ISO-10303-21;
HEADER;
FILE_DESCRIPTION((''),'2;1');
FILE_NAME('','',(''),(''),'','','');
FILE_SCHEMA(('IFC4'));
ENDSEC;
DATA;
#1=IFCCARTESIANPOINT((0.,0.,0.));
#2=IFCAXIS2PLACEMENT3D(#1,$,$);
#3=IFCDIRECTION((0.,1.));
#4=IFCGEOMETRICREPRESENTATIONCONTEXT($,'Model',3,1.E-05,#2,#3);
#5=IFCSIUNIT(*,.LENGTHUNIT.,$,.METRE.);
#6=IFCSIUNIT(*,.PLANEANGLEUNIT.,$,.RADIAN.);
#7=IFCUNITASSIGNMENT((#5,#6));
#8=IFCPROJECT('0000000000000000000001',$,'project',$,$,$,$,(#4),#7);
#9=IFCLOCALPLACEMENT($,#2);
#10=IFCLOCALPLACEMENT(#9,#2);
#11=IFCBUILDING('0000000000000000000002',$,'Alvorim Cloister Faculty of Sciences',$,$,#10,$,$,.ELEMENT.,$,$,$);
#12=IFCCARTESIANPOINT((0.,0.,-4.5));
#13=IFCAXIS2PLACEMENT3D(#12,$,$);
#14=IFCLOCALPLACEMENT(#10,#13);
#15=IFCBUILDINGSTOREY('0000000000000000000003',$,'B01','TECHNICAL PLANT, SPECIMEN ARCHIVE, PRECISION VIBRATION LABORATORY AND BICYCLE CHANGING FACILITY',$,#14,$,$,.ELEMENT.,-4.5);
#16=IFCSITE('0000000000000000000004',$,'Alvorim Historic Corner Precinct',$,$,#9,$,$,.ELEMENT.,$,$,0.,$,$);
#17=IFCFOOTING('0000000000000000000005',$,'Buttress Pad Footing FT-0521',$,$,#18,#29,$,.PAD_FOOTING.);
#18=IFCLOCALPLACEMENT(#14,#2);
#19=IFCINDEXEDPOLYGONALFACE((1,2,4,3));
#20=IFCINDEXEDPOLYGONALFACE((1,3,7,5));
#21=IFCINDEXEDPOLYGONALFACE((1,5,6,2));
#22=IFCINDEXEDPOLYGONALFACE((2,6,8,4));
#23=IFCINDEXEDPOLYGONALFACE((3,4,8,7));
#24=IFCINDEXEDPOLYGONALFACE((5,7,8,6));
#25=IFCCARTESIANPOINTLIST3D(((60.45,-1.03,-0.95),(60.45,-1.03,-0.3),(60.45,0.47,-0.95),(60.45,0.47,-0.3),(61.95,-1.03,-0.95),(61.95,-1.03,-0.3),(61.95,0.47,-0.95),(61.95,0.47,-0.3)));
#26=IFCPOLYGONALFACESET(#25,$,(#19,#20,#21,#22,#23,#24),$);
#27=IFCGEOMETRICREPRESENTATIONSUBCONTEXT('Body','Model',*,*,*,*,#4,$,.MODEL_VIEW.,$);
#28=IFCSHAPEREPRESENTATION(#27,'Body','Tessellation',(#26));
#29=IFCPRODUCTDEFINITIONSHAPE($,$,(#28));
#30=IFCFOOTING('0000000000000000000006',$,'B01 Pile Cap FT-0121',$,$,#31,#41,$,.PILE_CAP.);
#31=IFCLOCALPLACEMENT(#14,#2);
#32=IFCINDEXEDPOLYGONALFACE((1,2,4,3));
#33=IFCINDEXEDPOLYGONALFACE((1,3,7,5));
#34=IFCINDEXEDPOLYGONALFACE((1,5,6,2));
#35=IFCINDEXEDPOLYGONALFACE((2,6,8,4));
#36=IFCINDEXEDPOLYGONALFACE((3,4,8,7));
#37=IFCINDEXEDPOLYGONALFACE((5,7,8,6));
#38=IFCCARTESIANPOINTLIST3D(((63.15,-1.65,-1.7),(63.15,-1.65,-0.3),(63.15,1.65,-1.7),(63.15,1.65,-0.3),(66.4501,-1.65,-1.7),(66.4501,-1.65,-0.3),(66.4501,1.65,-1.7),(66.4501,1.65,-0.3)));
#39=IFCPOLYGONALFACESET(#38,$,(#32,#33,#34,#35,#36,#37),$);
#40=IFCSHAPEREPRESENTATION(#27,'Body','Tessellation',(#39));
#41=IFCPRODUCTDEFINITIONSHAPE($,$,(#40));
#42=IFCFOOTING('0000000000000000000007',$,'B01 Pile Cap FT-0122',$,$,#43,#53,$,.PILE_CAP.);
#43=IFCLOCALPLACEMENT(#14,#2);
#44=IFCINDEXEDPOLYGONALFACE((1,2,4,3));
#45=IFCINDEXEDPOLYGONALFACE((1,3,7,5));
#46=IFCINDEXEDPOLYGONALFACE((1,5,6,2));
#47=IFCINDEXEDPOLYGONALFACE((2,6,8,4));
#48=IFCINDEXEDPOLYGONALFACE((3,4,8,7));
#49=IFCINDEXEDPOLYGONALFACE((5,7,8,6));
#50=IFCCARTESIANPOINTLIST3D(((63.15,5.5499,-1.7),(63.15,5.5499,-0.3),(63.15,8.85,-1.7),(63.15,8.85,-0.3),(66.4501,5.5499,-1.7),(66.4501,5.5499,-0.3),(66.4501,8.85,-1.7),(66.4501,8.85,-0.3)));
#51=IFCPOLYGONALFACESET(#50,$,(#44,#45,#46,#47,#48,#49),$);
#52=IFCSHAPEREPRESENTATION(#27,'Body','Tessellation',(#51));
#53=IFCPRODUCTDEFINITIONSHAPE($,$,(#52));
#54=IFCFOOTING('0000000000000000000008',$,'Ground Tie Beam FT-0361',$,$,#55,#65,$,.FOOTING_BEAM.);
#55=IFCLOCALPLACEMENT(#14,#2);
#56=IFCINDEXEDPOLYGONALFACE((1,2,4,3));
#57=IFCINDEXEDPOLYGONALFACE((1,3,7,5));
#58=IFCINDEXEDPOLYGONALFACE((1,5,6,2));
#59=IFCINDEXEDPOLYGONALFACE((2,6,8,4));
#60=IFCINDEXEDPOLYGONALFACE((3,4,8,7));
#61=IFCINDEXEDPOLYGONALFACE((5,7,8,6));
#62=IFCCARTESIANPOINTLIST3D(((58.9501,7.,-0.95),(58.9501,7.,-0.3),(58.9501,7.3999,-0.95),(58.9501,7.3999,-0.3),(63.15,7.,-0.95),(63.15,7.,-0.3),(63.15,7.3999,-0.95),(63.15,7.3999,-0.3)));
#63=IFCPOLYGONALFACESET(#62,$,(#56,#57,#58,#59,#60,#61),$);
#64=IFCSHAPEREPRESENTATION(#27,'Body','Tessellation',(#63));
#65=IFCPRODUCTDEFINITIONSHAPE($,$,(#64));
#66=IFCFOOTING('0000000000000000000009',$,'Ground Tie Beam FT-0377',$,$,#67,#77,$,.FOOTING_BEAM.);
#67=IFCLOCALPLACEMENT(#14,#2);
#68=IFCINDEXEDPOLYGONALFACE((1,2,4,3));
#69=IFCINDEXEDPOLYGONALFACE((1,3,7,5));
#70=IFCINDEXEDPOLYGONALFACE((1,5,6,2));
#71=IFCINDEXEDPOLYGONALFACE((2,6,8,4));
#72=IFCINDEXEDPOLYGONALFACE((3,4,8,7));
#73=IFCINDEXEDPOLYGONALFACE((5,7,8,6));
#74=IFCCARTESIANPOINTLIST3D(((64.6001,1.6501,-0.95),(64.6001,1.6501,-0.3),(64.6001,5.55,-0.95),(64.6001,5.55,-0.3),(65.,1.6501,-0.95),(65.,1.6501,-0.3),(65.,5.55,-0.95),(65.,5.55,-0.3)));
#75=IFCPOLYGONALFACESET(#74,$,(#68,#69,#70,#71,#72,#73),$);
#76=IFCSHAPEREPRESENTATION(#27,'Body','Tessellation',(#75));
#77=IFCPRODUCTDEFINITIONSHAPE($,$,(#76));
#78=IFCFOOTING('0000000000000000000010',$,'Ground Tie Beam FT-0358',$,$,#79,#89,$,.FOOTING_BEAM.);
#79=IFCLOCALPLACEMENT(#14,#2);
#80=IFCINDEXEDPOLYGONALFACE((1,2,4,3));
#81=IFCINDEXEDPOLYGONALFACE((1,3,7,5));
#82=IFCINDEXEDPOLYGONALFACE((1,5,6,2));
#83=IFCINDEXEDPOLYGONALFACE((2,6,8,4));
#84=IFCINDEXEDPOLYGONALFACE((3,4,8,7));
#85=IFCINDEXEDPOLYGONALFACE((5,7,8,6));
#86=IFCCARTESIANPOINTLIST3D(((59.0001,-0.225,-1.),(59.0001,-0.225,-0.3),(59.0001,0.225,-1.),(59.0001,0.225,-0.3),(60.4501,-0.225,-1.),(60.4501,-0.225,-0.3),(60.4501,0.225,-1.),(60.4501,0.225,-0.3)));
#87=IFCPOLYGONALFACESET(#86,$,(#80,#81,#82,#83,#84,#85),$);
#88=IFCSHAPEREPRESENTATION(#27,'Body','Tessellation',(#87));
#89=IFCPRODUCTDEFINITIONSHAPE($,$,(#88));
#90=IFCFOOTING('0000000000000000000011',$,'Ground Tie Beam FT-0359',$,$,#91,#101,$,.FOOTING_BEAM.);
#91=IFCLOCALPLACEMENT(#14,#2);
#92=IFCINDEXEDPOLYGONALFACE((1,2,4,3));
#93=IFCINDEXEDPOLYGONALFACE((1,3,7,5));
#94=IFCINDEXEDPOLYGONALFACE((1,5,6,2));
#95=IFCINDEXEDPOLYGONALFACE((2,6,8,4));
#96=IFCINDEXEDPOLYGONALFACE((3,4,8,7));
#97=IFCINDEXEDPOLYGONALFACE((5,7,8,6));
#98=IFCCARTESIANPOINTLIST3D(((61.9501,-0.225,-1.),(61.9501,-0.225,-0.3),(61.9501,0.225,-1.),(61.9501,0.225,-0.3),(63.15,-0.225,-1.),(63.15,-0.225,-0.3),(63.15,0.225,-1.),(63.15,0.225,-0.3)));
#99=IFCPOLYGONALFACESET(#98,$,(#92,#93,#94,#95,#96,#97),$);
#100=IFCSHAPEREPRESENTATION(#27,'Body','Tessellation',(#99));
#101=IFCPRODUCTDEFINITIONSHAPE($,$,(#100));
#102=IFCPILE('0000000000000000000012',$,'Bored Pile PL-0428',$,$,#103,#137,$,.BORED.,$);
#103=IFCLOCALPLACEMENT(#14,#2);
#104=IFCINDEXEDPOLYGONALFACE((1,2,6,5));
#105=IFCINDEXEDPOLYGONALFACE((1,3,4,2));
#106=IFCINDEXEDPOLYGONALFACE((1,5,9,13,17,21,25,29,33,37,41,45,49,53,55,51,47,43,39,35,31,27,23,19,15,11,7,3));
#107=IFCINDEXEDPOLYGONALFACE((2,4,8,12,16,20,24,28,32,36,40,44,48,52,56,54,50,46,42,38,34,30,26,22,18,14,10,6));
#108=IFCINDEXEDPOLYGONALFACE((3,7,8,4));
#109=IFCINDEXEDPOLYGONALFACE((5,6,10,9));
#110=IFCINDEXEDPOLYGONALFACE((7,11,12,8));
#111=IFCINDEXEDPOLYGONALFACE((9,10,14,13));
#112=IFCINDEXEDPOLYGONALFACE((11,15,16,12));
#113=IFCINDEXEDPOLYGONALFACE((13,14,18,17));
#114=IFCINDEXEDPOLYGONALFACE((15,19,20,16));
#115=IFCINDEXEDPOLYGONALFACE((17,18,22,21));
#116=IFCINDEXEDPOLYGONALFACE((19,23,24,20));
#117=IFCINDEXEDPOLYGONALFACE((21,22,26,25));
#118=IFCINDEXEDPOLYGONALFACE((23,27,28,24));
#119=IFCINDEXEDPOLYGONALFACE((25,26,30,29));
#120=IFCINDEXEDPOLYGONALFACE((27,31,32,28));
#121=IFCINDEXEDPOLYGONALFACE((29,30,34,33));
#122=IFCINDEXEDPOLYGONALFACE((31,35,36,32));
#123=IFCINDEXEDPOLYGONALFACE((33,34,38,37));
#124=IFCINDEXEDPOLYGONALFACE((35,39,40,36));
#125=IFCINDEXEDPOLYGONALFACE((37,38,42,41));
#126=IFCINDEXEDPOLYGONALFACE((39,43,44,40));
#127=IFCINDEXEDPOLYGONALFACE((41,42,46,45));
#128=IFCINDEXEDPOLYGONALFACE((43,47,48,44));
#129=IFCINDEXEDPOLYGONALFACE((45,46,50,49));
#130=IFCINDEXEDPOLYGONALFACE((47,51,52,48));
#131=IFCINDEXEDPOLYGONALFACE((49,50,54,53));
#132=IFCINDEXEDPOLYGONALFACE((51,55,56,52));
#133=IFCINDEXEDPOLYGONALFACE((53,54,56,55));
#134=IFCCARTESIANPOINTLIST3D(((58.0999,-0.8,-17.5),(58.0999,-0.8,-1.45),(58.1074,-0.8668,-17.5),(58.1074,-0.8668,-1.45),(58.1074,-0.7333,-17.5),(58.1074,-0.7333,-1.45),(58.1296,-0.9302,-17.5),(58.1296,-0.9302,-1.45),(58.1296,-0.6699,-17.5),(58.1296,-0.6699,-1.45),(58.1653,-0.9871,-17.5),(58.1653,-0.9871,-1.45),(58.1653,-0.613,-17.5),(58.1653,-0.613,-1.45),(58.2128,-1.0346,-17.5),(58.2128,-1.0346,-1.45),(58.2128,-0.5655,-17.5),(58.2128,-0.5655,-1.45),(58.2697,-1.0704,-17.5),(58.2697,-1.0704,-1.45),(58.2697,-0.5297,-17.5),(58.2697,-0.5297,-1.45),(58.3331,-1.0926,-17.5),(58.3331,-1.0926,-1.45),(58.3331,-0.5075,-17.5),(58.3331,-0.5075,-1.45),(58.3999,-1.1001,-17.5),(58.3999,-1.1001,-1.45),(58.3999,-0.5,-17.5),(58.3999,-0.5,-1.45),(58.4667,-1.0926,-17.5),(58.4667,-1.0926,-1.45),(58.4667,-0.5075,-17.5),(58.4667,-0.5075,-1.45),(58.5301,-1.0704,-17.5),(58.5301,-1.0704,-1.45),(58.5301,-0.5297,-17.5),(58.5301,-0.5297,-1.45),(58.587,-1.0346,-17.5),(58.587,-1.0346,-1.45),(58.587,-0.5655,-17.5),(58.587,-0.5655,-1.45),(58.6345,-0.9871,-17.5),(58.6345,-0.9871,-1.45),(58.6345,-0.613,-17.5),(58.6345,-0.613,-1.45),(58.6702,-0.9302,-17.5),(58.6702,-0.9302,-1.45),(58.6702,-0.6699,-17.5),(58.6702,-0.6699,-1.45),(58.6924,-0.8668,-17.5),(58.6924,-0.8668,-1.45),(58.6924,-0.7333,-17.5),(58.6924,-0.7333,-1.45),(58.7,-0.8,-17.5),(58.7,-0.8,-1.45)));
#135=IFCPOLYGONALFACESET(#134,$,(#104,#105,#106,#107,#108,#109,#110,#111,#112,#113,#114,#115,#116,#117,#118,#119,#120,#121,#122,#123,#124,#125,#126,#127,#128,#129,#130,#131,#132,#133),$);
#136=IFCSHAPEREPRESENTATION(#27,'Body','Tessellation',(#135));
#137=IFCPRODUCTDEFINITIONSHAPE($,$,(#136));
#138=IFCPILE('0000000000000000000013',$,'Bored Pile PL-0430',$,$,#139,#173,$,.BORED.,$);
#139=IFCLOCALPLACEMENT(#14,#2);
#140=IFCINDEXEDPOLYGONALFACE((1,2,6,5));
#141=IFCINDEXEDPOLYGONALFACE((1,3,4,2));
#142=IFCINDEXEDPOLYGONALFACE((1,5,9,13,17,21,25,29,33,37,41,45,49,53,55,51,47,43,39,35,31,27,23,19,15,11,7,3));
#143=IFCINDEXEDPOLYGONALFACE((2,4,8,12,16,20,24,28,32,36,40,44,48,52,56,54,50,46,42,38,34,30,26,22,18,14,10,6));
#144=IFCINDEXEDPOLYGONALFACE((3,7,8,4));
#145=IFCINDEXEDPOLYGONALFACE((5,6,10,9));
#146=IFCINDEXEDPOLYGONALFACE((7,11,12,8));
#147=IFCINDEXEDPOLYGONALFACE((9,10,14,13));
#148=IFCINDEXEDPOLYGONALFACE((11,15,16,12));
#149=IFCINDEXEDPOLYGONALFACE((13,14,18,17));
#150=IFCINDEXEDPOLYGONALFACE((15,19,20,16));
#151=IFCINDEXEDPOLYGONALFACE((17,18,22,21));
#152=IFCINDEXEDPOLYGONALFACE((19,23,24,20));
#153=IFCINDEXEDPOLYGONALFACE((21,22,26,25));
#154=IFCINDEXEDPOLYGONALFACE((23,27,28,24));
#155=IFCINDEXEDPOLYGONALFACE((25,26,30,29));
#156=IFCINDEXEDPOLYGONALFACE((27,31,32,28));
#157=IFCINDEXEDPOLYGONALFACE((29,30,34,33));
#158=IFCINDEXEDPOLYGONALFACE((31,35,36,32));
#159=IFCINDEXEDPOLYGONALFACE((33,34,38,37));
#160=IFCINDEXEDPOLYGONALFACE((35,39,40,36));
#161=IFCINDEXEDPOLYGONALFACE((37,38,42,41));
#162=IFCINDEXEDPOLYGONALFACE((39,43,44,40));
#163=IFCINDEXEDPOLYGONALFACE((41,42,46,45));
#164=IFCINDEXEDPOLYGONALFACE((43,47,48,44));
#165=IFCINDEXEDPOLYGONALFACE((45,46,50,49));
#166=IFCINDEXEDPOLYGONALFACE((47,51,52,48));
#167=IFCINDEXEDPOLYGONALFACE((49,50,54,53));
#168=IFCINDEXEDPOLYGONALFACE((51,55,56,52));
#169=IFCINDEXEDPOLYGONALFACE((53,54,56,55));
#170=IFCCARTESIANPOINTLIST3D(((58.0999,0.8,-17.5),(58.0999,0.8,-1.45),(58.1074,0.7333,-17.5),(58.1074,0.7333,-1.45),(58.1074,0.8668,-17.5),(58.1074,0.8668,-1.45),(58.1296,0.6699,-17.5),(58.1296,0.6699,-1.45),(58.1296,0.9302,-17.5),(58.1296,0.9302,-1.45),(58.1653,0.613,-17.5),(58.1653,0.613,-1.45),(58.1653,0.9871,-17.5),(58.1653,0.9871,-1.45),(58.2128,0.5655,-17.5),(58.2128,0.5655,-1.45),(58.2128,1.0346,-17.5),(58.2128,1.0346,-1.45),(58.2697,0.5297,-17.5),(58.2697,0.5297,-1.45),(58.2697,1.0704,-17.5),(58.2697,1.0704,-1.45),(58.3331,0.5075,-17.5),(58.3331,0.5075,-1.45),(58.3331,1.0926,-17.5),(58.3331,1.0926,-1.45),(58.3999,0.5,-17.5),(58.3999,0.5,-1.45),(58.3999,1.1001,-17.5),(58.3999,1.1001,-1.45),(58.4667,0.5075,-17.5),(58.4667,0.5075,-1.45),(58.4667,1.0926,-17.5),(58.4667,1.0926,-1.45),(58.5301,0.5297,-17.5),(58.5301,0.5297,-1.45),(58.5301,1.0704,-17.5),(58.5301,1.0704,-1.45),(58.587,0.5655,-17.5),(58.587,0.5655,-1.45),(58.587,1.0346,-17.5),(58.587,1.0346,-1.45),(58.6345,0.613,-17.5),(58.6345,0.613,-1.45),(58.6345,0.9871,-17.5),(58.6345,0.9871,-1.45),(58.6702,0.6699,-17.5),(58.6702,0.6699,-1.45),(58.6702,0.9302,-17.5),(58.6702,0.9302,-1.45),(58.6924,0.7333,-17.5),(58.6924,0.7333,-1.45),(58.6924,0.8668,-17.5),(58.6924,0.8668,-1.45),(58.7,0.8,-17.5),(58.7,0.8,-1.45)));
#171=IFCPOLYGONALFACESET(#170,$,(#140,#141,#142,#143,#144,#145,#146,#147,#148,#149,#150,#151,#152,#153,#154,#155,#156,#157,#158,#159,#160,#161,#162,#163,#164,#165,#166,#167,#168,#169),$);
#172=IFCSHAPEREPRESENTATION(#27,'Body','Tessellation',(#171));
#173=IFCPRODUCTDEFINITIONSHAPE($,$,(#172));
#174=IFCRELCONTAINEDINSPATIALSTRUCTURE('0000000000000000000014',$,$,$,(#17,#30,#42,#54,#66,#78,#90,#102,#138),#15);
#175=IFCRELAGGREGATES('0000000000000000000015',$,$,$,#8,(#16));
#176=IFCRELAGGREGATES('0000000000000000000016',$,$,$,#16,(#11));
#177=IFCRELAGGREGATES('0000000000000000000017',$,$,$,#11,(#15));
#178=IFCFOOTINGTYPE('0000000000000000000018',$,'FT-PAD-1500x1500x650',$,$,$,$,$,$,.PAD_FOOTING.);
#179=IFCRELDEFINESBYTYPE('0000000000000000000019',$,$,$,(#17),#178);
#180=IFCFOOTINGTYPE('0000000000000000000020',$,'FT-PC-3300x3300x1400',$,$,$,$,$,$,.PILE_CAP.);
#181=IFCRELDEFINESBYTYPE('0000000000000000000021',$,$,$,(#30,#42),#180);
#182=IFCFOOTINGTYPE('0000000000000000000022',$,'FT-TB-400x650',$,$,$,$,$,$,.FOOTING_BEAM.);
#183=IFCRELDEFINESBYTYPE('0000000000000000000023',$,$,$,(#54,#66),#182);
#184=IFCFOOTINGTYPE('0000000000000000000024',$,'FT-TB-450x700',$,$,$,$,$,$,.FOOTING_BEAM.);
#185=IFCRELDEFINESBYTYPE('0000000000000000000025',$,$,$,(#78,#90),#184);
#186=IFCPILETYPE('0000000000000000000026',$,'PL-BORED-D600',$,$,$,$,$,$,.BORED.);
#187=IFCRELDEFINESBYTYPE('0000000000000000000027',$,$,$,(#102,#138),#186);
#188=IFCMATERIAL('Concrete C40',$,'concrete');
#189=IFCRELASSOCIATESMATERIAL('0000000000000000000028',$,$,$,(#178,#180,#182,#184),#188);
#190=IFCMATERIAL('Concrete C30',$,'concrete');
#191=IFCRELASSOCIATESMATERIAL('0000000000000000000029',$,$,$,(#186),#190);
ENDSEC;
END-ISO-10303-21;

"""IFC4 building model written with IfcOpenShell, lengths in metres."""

from ifc_helpers import new_model, si_unit, direction, frame, origin, origin_2d, place, context, subcontext, project, spatial, rectangle, circle, extrude, material, material_profile, profile_set, type_object, element, save


model = new_model("IFC4")

# Units and contexts
model_context = context("Model", 3, precision=1e-05, world=origin(), true_north=direction((0.0, 1.0)))
body_context = subcontext(model_context, "Body", "Model", "MODEL_VIEW")
ifc_project = project(units=[si_unit("LENGTHUNIT", "METRE"), si_unit("PLANEANGLEUNIT", "RADIAN")], contexts=[model_context])

# Site, building, storey
site_placement = place(None, origin())
site = spatial("IfcSite", under=ifc_project, at=site_placement, Name="Alvorim Historic Corner Precinct", CompositionType="ELEMENT", RefElevation=0.0)
building_placement = place(site_placement, origin())
building = spatial("IfcBuilding", under=site, at=building_placement, Name="Alvorim Cloister Faculty of Sciences", CompositionType="ELEMENT")
storey_placement = place(building_placement, frame((0.0, 0.0, -4.5)))
storey = spatial("IfcBuildingStorey", under=building, at=storey_placement, Name="B01", Description="TECHNICAL PLANT, SPECIMEN ARCHIVE, PRECISION VIBRATION LABORATORY AND BICYCLE CHANGING FACILITY", CompositionType="ELEMENT", Elevation=-4.5)

# Footings
ifc_material_1 = material(Name="Concrete C40", Category="concrete")
footing_type_1 = type_object("IfcFootingType", Name="FT-PAD-1500x1500x650", PredefinedType="PAD_FOOTING", material=ifc_material_1)
footing_1_placement = place(storey_placement, frame((61.2, -0.28, -0.95), z_axis=(0.0, 0.0, 1.0), x_axis=(1.0, 0.0, 0.0)))
element("IfcFooting", 1, at=footing_1_placement, inside=storey, type_object=footing_type_1, Name="Buttress Pad Footing FT-0521", PredefinedType="PAD_FOOTING", context=body_context, shape_type="SweptSolid", body=[
    extrude(rectangle(XDim=1.5, YDim=1.5, at=origin_2d()), origin(), (0.0, 0.0, 1.0), 0.6499),
])
footing_type_2 = type_object("IfcFootingType", Name="FT-PC-3300x3300x1400", PredefinedType="PILE_CAP", material=ifc_material_1)
for number, where, z_axis, x_axis, name in (
    (2, (64.8, 0.0, -1.7), (0.0, 0.0, 1.0), (1.0, 0.0, 0.0), "B01 Pile Cap FT-0121"),
    (3, (64.8, 7.2, -1.7), (0.0, 0.0, 1.0), (1.0, 0.0, 0.0), "B01 Pile Cap FT-0122"),
):
    element("IfcFooting", number, at=place(storey_placement, frame(where, z_axis=z_axis, x_axis=x_axis)), inside=storey, type_object=footing_type_2, Name=name, PredefinedType="PILE_CAP", context=body_context, shape_type="SweptSolid", body=[
        extrude(rectangle(XDim=3.3, YDim=3.3, at=origin_2d()), origin(), (0.0, 0.0, 1.0), 1.3999),
    ])
footing_type_3 = type_object("IfcFootingType", Name="FT-TB-400x650", PredefinedType="FOOTING_BEAM", material=ifc_material_1)
footing_2_placement = place(storey_placement, frame((61.05, 7.2, -0.95), z_axis=(0.0, 0.0, 1.0), x_axis=(1.0, 0.0, 0.0)))
element("IfcFooting", 4, at=footing_2_placement, inside=storey, type_object=footing_type_3, Name="Ground Tie Beam FT-0361", PredefinedType="FOOTING_BEAM", context=body_context, shape_type="SweptSolid", body=[
    extrude(rectangle(XDim=4.2, YDim=0.3999, at=origin_2d()), origin(), (0.0, 0.0, 1.0), 0.6499),
])
footing_3_placement = place(storey_placement, frame((64.8, 3.6001, -0.95), z_axis=(0.0, 0.0, 1.0), x_axis=(1.0, 0.0, 0.0)))
element("IfcFooting", 5, at=footing_3_placement, inside=storey, type_object=footing_type_3, Name="Ground Tie Beam FT-0377", PredefinedType="FOOTING_BEAM", context=body_context, shape_type="SweptSolid", body=[
    extrude(rectangle(XDim=0.3999, YDim=3.8999, at=origin_2d()), origin(), (0.0, 0.0, 1.0), 0.6499),
])
footing_type_4 = type_object("IfcFootingType", Name="FT-TB-450x700", PredefinedType="FOOTING_BEAM", material=ifc_material_1)
footing_4_placement = place(storey_placement, frame((59.7251, 0.0, -1.0), z_axis=(0.0, 0.0, 1.0), x_axis=(1.0, 0.0, 0.0)))
element("IfcFooting", 6, at=footing_4_placement, inside=storey, type_object=footing_type_4, Name="Ground Tie Beam FT-0358", PredefinedType="FOOTING_BEAM", context=body_context, shape_type="SweptSolid", body=[
    extrude(rectangle(XDim=1.45, YDim=0.45, at=origin_2d()), origin(), (0.0, 0.0, 1.0), 0.7),
])
footing_5_placement = place(storey_placement, frame((62.55, 0.0, -1.0), z_axis=(0.0, 0.0, 1.0), x_axis=(1.0, 0.0, 0.0)))
element("IfcFooting", 7, at=footing_5_placement, inside=storey, type_object=footing_type_4, Name="Ground Tie Beam FT-0359", PredefinedType="FOOTING_BEAM", context=body_context, shape_type="SweptSolid", body=[
    extrude(rectangle(XDim=1.2, YDim=0.45, at=origin_2d()), origin(), (0.0, 0.0, 1.0), 0.7),
])

# Piles
ifc_material_2 = material(Name="Concrete C30", Category="concrete")
ifc_material_profile_1 = material_profile(ifc_material_2, circle(Radius=0.3, at=origin_2d()), Name="PILE-D600")
ifc_profile_set_1 = profile_set([ifc_material_profile_1], Name="Concrete C30")
pile_type_1 = type_object("IfcPileType", Name="PL-BORED-D600", PredefinedType="BORED", material=ifc_profile_set_1)
for number, where, z_axis, x_axis, name in (
    (8, (58.3999, -0.8, -1.45), (0.0, 0.0, -1.0), (1.0, 0.0, 0.0), "Bored Pile PL-0428"),
    (9, (58.3999, 0.8, -1.45), (0.0, 0.0, -1.0), (1.0, 0.0, 0.0), "Bored Pile PL-0430"),
):
    element("IfcPile", number, at=place(storey_placement, frame(where, z_axis=z_axis, x_axis=x_axis)), inside=storey, type_object=pile_type_1, Name=name, PredefinedType="BORED", context=body_context, shape_type="SweptSolid", body=[
        extrude(circle(Radius=0.3, at=origin_2d()), origin(), (0.0, 0.0, 1.0), 16.05),
    ])

save(model, "model.ifc")
